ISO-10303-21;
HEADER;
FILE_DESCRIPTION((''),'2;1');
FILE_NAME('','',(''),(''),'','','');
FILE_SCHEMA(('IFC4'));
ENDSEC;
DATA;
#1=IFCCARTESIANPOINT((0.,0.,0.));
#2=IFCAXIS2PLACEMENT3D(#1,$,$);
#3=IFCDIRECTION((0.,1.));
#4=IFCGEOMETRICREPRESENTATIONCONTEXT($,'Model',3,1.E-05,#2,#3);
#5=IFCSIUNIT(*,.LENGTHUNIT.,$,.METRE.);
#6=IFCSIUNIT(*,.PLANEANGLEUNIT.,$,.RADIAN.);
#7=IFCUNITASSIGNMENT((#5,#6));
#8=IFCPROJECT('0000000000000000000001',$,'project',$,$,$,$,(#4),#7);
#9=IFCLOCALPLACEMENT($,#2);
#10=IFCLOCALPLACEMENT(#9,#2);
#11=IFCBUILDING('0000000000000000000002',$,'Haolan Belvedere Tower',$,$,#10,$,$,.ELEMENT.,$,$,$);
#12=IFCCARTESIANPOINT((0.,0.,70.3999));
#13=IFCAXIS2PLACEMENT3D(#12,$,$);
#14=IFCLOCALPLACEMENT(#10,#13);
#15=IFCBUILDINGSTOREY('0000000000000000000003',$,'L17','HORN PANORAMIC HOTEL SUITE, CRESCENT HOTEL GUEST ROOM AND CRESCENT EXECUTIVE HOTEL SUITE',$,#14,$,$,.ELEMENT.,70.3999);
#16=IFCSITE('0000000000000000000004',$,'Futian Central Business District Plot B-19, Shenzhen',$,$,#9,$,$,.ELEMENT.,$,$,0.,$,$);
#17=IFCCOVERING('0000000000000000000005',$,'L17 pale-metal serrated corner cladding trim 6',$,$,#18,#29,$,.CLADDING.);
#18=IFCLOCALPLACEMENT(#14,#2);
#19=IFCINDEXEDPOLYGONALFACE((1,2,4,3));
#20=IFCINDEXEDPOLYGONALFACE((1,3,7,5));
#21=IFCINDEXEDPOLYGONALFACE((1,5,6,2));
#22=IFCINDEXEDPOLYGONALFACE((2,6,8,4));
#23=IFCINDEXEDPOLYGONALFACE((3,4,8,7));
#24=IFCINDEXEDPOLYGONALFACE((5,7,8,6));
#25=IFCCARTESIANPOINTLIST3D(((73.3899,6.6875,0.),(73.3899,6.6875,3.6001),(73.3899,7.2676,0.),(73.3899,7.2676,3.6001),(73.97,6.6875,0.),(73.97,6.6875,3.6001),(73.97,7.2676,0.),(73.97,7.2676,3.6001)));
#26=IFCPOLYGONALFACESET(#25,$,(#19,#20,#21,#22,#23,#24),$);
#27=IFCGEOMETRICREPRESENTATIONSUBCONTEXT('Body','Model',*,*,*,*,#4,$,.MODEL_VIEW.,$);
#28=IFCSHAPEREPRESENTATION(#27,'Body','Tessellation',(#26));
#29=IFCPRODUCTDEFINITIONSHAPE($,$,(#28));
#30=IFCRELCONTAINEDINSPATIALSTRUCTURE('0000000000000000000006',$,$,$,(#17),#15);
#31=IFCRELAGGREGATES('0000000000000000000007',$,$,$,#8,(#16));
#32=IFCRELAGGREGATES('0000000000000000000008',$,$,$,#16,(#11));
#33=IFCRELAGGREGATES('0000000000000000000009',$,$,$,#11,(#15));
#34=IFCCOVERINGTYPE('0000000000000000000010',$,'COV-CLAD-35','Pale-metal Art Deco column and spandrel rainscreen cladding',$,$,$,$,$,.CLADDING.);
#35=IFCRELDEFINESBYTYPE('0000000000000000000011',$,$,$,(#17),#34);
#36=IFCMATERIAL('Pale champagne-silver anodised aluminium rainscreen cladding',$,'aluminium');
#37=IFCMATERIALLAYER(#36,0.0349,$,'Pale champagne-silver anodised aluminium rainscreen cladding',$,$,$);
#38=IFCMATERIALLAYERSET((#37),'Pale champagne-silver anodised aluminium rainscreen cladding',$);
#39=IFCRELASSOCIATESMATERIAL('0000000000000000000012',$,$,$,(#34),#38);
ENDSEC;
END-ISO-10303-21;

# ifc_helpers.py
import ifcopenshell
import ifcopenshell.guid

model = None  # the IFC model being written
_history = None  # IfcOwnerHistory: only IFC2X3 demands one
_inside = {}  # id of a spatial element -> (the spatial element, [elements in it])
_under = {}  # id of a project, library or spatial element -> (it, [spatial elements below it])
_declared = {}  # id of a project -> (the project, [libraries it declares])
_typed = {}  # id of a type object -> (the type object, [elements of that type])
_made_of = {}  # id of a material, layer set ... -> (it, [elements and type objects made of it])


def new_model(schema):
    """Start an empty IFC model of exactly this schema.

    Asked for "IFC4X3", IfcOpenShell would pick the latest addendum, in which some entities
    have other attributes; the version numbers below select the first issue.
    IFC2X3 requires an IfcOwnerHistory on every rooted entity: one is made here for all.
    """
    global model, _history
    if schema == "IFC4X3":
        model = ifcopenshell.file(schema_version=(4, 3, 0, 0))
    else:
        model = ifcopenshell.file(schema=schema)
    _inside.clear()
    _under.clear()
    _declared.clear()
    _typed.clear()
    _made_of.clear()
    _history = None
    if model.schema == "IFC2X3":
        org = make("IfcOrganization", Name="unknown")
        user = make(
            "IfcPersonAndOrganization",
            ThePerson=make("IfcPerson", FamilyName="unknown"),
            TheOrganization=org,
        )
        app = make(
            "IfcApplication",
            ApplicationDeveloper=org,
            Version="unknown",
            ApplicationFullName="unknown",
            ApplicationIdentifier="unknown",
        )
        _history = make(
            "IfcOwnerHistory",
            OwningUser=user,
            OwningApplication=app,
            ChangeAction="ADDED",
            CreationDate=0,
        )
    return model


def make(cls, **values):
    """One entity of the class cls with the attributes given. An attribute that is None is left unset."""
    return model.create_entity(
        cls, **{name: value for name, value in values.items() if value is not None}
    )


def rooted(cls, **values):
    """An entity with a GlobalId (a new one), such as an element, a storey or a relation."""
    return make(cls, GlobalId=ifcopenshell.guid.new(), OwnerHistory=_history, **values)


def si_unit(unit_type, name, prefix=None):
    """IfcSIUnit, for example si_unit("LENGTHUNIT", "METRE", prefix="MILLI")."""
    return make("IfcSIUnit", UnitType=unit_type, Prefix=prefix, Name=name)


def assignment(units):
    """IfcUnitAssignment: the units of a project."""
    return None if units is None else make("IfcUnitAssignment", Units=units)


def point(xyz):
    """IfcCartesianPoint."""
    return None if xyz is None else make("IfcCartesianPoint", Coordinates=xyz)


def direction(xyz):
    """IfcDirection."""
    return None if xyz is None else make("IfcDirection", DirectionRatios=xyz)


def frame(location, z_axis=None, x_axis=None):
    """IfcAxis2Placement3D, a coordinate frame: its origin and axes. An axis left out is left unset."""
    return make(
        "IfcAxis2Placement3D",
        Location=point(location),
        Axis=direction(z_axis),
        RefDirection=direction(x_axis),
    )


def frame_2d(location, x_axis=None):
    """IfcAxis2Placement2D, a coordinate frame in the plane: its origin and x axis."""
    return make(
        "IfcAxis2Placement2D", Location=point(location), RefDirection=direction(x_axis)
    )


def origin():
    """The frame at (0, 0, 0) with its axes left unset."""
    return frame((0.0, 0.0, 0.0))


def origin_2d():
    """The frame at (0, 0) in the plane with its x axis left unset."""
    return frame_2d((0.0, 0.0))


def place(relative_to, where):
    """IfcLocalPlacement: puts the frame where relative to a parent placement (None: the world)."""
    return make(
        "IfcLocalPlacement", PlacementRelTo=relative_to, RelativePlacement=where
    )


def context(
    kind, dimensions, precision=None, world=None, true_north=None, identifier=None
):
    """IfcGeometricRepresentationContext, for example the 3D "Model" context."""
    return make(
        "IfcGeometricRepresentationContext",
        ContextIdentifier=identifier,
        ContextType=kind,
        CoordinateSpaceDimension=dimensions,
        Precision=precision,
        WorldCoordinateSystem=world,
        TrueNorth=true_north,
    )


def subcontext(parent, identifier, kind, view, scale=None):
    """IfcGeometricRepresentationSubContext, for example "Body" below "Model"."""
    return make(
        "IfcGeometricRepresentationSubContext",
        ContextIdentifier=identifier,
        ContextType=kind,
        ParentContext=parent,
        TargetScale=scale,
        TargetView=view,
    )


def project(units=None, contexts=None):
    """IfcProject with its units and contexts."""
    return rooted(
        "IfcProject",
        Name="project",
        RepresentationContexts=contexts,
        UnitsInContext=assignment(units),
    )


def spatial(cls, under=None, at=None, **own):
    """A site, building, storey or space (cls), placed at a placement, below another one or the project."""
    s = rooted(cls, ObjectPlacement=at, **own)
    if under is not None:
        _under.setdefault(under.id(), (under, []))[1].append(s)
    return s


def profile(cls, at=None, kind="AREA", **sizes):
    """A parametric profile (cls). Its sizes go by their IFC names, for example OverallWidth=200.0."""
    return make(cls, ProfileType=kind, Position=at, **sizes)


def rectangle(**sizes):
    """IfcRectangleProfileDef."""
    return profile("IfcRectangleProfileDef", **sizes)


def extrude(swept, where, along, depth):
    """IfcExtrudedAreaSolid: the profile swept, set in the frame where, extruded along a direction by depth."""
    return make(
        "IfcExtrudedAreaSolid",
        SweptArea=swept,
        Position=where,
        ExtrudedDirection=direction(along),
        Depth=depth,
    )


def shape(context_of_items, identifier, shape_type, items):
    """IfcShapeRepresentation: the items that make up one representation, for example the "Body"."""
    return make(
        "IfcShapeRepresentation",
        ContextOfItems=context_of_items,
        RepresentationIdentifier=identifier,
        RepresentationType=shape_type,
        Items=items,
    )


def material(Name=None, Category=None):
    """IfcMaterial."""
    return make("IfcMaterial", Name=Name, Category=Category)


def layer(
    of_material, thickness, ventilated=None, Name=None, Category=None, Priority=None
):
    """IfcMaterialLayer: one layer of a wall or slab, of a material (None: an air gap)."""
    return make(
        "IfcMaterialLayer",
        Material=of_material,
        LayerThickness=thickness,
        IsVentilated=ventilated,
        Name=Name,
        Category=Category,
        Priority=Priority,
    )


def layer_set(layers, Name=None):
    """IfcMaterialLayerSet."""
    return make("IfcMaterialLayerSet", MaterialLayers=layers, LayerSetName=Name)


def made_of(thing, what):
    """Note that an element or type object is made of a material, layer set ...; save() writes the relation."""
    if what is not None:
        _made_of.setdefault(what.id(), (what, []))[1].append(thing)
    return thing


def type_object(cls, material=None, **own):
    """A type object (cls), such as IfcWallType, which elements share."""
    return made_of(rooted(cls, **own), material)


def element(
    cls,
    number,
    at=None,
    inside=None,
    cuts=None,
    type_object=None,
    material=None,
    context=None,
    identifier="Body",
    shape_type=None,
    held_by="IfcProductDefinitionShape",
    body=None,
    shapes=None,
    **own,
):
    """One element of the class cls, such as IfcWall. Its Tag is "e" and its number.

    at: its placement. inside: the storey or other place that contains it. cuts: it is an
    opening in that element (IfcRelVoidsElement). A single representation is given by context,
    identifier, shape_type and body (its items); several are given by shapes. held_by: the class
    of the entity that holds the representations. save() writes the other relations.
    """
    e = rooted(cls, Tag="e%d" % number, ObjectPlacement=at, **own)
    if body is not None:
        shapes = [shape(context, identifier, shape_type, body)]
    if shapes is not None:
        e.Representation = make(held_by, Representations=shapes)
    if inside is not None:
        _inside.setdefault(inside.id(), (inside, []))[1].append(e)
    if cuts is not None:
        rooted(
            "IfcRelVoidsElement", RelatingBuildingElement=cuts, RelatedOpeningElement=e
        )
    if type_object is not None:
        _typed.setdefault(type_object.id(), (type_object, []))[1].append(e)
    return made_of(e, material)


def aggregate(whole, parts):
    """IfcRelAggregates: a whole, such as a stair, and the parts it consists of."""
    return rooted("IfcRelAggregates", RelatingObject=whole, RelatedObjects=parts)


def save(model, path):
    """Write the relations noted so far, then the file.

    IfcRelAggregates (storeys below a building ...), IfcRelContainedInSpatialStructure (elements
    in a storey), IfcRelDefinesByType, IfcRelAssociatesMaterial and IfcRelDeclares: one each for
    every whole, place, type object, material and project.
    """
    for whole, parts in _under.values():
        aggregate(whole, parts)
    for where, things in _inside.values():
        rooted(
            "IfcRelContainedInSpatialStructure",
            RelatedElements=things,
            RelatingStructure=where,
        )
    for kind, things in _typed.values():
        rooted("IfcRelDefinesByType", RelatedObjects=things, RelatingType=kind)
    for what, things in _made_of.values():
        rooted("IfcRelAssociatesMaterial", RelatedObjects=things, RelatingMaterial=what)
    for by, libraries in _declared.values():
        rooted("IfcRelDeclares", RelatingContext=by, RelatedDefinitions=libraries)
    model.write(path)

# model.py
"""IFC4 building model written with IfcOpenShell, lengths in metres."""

from ifc_helpers import new_model, si_unit, direction, frame, origin, origin_2d, place, context, subcontext, project, spatial, rectangle, extrude, material, layer, layer_set, type_object, element, save


model = new_model("IFC4")

# Units and contexts
model_context = context("Model", 3, precision=1e-05, world=origin(), true_north=direction((0.0, 1.0)))
body_context = subcontext(model_context, "Body", "Model", "MODEL_VIEW")
ifc_project = project(units=[si_unit("LENGTHUNIT", "METRE"), si_unit("PLANEANGLEUNIT", "RADIAN")], contexts=[model_context])

# Site, building, storey
site_placement = place(None, origin())
site = spatial("IfcSite", under=ifc_project, at=site_placement, Name="Futian Central Business District Plot B-19, Shenzhen", CompositionType="ELEMENT", RefElevation=0.0)
building_placement = place(site_placement, origin())
building = spatial("IfcBuilding", under=site, at=building_placement, Name="Haolan Belvedere Tower", CompositionType="ELEMENT")
storey_placement = place(building_placement, frame((0.0, 0.0, 70.3999)))
storey = spatial("IfcBuildingStorey", under=building, at=storey_placement, Name="L17", Description="HORN PANORAMIC HOTEL SUITE, CRESCENT HOTEL GUEST ROOM AND CRESCENT EXECUTIVE HOTEL SUITE", CompositionType="ELEMENT", Elevation=70.3999)

# Covering
ifc_material_1 = material(Name="Pale champagne-silver anodised aluminium rainscreen cladding", Category="aluminium")
ifc_layer_1 = layer(ifc_material_1, 0.0349, Name="Pale champagne-silver anodised aluminium rainscreen cladding")
ifc_layer_set_1 = layer_set([ifc_layer_1], Name="Pale champagne-silver anodised aluminium rainscreen cladding")
covering_type = type_object("IfcCoveringType", Name="COV-CLAD-35", Description="Pale-metal Art Deco column and spandrel rainscreen cladding", PredefinedType="CLADDING", material=ifc_layer_set_1)
for number, where, z_axis, x_axis, name in (
    (1, (73.6799, 6.9775, 0.0), (0.0, 0.0, 1.0), (1.0, 0.0, 0.0), "L17 pale-metal serrated corner cladding trim 6"),
):
    element("IfcCovering", number, at=place(storey_placement, frame(where, z_axis=z_axis, x_axis=x_axis)), inside=storey, type_object=covering_type, Name=name, PredefinedType="CLADDING", context=body_context, shape_type="SweptSolid", body=[
        extrude(rectangle(XDim=0.5801, YDim=0.5801, at=origin_2d()), origin(), (0.0, 0.0, 1.0), 3.6001),
    ])

save(model, "model.ifc")
